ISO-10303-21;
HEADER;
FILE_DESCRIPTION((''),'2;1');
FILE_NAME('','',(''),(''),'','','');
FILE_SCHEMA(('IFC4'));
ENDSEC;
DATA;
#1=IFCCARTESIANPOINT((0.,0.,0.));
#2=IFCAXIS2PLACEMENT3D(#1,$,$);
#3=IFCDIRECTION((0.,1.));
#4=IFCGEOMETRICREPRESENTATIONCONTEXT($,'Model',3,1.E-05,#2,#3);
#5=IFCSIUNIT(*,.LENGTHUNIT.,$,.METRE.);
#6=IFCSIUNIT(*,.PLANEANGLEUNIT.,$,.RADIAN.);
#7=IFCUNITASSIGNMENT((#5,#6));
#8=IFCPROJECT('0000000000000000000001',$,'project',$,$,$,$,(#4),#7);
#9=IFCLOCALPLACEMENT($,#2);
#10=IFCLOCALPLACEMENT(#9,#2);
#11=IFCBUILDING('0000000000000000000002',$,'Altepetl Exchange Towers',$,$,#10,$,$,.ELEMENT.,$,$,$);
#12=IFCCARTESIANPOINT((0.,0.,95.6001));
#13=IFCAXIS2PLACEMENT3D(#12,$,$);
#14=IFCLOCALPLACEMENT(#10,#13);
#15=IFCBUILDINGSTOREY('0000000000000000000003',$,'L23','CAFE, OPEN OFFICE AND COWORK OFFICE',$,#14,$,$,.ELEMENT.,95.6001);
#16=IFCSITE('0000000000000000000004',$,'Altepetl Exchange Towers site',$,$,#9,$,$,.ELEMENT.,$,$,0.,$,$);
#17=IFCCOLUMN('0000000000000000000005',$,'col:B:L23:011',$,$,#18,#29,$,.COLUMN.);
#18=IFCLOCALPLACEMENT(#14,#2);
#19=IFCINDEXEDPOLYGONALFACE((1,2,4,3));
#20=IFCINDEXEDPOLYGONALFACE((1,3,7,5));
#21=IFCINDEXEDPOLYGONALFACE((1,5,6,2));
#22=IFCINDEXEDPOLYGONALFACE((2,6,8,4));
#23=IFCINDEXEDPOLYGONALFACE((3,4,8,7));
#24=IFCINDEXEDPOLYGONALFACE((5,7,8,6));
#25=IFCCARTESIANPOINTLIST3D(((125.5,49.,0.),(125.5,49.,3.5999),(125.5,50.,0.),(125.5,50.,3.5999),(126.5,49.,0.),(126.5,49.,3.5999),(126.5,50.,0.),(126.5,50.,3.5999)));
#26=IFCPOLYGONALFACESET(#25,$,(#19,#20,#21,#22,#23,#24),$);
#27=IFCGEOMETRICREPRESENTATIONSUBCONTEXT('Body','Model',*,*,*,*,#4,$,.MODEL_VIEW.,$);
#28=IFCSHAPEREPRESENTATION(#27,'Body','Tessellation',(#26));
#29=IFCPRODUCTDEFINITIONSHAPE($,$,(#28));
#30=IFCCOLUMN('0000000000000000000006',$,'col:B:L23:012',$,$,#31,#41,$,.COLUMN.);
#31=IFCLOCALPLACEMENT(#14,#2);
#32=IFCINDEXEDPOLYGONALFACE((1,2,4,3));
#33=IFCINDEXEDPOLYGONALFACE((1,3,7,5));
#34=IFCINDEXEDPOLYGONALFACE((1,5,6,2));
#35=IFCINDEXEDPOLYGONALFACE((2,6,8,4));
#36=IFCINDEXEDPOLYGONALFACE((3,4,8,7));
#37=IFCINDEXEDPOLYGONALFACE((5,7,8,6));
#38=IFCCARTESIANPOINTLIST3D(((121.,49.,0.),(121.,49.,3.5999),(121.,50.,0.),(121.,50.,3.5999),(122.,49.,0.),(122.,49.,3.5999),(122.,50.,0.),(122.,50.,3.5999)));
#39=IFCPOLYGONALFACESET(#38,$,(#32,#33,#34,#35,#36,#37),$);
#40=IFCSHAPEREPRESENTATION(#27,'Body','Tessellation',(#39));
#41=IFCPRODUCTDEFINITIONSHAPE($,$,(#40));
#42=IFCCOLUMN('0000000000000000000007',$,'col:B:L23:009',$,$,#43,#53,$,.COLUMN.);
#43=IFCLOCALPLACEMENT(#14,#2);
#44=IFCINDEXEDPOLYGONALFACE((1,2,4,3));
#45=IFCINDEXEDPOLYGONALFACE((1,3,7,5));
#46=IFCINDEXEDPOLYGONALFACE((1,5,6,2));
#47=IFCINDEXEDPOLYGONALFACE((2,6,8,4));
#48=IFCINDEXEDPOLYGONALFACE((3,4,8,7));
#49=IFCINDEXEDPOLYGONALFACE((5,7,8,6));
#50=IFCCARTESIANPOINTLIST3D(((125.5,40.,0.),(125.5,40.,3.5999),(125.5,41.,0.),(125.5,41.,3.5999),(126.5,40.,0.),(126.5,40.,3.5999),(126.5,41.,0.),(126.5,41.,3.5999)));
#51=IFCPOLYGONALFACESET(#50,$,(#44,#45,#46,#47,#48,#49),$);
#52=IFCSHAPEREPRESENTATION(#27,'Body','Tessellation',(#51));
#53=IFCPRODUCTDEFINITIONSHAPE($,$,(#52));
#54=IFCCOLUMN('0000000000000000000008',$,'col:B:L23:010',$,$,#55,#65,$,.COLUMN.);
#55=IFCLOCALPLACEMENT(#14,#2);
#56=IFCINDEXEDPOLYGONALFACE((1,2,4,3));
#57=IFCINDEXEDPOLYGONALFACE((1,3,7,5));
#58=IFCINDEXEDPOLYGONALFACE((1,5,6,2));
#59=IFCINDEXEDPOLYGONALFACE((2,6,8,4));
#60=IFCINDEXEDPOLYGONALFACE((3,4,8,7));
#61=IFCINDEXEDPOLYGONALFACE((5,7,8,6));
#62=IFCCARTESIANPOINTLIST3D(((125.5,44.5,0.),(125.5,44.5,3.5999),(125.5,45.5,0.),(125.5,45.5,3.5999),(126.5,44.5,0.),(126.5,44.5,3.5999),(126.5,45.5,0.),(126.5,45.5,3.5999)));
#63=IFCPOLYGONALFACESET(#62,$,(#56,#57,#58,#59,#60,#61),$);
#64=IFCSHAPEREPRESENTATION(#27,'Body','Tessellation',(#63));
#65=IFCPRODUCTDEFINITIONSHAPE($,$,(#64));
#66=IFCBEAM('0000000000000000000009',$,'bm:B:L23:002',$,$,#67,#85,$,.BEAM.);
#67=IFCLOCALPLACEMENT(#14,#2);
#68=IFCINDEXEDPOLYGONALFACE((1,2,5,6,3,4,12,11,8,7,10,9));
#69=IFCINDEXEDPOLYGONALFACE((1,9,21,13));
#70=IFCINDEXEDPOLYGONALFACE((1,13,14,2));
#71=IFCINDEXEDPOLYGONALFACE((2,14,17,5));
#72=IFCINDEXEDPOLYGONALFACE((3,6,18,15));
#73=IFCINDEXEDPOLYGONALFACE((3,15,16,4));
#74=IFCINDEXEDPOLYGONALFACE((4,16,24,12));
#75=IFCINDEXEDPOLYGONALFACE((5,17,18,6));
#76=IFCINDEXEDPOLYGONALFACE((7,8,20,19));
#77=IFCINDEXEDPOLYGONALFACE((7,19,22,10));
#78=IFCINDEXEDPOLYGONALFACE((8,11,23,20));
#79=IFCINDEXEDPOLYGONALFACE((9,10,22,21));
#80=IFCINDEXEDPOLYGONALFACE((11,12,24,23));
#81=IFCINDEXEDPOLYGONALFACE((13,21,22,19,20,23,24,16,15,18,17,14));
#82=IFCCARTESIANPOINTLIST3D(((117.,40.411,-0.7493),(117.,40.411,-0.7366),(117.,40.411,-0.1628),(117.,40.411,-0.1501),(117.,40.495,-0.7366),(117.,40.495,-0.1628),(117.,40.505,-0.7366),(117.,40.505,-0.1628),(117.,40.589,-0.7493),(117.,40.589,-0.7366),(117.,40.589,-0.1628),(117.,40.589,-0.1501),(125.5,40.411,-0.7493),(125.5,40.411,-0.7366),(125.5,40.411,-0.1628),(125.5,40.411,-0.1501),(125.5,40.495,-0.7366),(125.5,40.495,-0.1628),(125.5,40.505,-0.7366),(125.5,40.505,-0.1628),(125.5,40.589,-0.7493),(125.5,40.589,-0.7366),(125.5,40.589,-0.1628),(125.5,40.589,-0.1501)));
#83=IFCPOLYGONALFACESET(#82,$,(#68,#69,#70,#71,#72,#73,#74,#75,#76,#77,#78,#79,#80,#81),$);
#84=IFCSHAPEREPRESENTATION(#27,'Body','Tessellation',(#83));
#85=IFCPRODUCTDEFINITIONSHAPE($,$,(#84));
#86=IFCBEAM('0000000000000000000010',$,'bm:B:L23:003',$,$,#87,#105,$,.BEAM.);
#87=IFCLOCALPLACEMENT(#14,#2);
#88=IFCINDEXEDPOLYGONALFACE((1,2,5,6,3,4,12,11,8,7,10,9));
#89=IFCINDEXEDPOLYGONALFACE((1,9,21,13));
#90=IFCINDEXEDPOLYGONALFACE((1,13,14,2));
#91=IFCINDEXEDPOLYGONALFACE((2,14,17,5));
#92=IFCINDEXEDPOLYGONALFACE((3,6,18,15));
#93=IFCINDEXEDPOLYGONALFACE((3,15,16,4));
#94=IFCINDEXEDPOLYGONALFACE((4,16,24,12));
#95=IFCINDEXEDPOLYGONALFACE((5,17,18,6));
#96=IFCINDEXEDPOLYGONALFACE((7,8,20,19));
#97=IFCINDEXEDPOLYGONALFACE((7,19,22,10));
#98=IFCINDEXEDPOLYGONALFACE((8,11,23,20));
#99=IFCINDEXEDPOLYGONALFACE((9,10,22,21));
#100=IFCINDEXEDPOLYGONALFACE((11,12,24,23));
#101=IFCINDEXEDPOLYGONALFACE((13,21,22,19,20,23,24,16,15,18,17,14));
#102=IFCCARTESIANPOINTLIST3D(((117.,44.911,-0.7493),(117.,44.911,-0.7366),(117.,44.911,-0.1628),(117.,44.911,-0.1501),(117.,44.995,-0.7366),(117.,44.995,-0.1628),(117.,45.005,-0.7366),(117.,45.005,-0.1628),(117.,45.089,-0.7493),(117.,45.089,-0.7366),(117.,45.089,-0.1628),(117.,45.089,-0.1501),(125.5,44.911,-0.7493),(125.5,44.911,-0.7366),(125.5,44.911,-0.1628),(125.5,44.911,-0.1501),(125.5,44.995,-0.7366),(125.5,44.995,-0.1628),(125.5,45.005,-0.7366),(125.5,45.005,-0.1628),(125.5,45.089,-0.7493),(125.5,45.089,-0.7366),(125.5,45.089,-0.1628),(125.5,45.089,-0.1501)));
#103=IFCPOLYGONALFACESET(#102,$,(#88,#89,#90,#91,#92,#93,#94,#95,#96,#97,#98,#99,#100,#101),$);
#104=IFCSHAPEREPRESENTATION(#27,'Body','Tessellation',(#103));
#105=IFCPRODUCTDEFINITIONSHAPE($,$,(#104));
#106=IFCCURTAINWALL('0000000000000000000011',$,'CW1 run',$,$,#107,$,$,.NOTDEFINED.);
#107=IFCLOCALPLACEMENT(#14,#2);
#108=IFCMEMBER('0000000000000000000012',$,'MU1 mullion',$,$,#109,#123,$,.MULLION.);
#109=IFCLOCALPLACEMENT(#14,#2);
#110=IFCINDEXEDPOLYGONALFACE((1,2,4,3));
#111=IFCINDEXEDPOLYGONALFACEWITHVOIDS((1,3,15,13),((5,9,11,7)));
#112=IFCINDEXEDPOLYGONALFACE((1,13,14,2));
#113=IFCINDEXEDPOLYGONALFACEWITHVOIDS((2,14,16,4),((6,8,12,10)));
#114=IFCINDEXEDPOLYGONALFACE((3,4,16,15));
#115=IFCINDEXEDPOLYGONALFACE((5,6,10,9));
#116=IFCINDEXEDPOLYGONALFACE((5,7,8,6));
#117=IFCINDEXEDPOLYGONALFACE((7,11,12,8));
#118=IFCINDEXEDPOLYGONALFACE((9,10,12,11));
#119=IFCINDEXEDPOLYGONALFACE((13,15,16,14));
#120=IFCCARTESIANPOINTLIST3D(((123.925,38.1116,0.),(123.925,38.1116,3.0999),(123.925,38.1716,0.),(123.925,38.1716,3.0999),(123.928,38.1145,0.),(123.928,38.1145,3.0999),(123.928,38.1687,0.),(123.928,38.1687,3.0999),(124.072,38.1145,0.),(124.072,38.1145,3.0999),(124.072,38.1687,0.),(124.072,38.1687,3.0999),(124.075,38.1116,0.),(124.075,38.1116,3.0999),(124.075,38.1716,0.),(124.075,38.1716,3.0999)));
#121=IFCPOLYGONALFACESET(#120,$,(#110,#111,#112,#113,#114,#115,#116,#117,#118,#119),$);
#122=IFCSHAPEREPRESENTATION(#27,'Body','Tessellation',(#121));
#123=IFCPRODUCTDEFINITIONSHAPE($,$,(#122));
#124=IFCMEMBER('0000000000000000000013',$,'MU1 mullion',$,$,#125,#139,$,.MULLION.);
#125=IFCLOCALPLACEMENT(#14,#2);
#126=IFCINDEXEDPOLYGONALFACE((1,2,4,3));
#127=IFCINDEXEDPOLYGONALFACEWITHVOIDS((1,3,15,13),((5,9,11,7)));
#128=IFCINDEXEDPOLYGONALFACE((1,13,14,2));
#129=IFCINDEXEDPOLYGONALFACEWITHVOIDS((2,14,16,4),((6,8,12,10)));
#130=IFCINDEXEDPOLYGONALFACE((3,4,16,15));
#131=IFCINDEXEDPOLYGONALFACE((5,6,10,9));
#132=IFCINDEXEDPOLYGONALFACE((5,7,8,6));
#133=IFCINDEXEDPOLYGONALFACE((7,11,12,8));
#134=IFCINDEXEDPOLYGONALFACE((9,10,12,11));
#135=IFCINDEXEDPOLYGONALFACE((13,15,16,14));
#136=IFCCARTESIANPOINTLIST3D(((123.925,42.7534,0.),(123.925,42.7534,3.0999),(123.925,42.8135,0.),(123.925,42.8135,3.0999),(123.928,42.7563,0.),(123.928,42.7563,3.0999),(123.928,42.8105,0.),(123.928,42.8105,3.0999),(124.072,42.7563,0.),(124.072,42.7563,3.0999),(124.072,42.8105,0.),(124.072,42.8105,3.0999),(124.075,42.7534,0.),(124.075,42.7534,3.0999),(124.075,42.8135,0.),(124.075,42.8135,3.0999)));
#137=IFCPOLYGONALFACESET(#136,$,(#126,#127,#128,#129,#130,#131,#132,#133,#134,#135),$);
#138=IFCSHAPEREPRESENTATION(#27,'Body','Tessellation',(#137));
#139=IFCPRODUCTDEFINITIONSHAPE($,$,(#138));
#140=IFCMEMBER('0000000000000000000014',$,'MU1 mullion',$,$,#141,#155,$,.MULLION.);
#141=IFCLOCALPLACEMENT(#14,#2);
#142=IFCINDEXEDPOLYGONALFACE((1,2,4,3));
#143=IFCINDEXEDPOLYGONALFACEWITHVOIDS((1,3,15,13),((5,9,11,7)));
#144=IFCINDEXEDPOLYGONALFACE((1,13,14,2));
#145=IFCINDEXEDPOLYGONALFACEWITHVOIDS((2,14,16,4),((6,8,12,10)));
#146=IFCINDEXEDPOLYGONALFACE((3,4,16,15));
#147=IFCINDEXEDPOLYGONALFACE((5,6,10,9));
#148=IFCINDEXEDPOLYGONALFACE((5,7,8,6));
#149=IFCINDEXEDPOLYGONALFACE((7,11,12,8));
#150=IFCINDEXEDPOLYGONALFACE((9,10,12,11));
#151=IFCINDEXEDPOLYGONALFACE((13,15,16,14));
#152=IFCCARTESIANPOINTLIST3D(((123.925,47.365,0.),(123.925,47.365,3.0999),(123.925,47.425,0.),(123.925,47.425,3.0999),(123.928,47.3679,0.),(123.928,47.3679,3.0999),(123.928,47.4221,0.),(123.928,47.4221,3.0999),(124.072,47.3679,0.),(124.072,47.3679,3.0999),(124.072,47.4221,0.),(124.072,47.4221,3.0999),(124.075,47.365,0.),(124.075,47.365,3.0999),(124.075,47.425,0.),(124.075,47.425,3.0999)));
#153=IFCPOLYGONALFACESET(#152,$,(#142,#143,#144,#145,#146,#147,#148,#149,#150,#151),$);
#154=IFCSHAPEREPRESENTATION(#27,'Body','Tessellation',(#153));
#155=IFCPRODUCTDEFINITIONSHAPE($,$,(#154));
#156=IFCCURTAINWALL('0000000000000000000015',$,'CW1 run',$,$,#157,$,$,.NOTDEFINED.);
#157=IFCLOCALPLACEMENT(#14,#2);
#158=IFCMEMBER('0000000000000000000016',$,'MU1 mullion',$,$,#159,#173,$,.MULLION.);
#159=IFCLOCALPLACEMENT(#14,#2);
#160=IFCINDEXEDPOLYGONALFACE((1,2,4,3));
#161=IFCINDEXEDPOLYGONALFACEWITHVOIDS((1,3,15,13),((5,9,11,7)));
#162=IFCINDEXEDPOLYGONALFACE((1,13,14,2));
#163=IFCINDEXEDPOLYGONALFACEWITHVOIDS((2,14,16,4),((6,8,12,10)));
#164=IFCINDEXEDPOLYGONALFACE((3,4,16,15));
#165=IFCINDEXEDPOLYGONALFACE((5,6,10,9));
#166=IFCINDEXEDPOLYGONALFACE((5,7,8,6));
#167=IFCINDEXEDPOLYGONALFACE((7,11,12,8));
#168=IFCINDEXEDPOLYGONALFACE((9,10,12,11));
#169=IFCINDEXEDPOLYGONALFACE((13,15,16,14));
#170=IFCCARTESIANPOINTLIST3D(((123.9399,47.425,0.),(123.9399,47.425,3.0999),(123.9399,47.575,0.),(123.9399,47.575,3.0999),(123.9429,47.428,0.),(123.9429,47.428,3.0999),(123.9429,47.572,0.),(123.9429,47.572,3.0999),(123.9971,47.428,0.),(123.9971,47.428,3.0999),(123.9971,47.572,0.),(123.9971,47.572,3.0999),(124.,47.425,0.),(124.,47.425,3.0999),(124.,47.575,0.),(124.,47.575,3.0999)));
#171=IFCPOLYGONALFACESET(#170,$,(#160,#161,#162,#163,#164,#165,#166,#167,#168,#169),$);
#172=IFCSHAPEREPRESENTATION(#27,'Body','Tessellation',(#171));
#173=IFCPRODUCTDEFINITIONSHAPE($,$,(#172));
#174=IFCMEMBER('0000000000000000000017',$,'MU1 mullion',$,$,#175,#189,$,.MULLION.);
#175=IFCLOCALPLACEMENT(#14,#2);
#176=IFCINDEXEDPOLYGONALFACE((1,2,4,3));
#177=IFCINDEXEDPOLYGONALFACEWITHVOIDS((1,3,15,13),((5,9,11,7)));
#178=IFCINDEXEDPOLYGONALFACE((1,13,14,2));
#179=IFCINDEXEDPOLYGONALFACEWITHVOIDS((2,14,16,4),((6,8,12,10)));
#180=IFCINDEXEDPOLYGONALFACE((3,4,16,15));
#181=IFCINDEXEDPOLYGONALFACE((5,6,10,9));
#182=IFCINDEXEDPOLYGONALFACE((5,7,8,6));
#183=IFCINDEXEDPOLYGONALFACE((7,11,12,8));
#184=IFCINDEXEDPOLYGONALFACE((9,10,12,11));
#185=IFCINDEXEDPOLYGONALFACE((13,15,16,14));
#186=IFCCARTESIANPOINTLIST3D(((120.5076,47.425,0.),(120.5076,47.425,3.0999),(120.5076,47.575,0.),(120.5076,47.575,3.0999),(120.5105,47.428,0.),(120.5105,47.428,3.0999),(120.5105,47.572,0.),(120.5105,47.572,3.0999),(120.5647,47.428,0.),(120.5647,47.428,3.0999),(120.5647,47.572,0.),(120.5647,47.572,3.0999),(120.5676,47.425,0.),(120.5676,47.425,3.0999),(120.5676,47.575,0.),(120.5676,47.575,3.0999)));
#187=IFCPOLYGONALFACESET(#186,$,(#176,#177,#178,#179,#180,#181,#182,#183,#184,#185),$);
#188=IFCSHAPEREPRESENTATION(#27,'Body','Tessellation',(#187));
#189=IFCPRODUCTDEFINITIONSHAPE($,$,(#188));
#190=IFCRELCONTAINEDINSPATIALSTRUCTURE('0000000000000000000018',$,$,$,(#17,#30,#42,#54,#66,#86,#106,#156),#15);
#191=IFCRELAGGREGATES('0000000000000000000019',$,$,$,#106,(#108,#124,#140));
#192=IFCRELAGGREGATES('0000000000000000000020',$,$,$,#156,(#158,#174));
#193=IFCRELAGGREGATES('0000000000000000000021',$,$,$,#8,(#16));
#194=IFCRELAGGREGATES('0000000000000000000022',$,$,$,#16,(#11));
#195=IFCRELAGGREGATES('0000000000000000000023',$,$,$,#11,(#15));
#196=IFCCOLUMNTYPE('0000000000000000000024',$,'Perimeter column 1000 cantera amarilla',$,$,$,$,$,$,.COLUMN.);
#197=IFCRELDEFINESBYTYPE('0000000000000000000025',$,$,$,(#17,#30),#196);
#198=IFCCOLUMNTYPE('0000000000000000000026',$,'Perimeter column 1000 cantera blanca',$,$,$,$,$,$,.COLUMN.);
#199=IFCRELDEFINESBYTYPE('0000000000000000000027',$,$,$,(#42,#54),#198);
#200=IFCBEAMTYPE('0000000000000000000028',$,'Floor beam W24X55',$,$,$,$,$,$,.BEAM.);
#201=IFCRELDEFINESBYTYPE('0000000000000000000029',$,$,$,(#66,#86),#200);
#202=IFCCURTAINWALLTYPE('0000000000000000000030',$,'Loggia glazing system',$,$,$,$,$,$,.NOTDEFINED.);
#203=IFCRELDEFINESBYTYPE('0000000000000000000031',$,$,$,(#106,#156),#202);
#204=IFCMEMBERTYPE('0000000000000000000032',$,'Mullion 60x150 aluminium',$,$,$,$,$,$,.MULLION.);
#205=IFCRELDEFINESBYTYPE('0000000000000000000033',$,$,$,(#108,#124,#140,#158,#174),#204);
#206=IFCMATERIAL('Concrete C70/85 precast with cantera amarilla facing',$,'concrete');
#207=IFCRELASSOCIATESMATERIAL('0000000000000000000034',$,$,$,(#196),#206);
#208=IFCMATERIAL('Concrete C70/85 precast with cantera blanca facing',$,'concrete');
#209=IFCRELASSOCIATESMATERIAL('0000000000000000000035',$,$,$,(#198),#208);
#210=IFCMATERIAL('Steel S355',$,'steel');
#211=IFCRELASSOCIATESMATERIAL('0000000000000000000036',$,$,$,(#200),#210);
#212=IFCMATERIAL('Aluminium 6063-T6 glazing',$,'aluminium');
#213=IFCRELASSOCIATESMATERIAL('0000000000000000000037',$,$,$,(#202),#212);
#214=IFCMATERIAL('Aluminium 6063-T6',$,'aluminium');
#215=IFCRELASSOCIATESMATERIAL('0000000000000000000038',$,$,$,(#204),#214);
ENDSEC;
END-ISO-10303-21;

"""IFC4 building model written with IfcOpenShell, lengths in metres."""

from ifc_helpers import new_model, si_unit, direction, frame, origin, origin_2d, place, context, subcontext, project, spatial, rectangle, hollow_rectangle, i_section, extrude, material, material_profile, profile_set, type_object, element, aggregate, save


model = new_model("IFC4")

# Units and contexts
model_context = context("Model", 3, precision=1e-05, world=origin(), true_north=direction((0.0, 1.0)))
body_context = subcontext(model_context, "Body", "Model", "MODEL_VIEW")
ifc_project = project(units=[si_unit("LENGTHUNIT", "METRE"), si_unit("PLANEANGLEUNIT", "RADIAN")], contexts=[model_context])

# Site, building, storey
site_placement = place(None, origin())
site = spatial("IfcSite", under=ifc_project, at=site_placement, Name="Altepetl Exchange Towers site", CompositionType="ELEMENT", RefElevation=0.0)
building_placement = place(site_placement, origin())
building = spatial("IfcBuilding", under=site, at=building_placement, Name="Altepetl Exchange Towers", CompositionType="ELEMENT")
storey_placement = place(building_placement, frame((0.0, 0.0, 95.6001)))
storey = spatial("IfcBuildingStorey", under=building, at=storey_placement, Name="L23", Description="CAFE, OPEN OFFICE AND COWORK OFFICE", CompositionType="ELEMENT", Elevation=95.6001)

# Columns
ifc_material_1 = material(Name="Concrete C70/85 precast with cantera amarilla facing", Category="concrete")
ifc_material_profile_1 = material_profile(ifc_material_1, rectangle(XDim=1.0, YDim=1.0, at=origin_2d()), Name="1000 x 1000")
ifc_profile_set_1 = profile_set([ifc_material_profile_1], Name="Concrete C70/85 precast with cantera amarilla facing")
column_type_1 = type_object("IfcColumnType", Name="Perimeter column 1000 cantera amarilla", PredefinedType="COLUMN", material=ifc_profile_set_1)
for number, where, name in (
    (1, (126.0, 49.5, 0.0), "col:B:L23:011"),
    (2, (121.5, 49.5, 0.0), "col:B:L23:012"),
):
    element("IfcColumn", number, at=place(storey_placement, frame(where)), inside=storey, type_object=column_type_1, Name=name, PredefinedType="COLUMN", context=body_context, shape_type="SweptSolid", body=[
        extrude(rectangle(XDim=1.0, YDim=1.0, at=origin_2d()), origin(), (0.0, 0.0, 1.0), 3.5999),
    ])
ifc_material_2 = material(Name="Concrete C70/85 precast with cantera blanca facing", Category="concrete")
ifc_material_profile_2 = material_profile(ifc_material_2, rectangle(XDim=1.0, YDim=1.0, at=origin_2d()), Name="1000 x 1000")
ifc_profile_set_2 = profile_set([ifc_material_profile_2], Name="Concrete C70/85 precast with cantera blanca facing")
column_type_2 = type_object("IfcColumnType", Name="Perimeter column 1000 cantera blanca", PredefinedType="COLUMN", material=ifc_profile_set_2)
for number, where, name in (
    (3, (126.0, 40.5, 0.0), "col:B:L23:009"),
    (4, (126.0, 45.0, 0.0), "col:B:L23:010"),
):
    element("IfcColumn", number, at=place(storey_placement, frame(where)), inside=storey, type_object=column_type_2, Name=name, PredefinedType="COLUMN", context=body_context, shape_type="SweptSolid", body=[
        extrude(rectangle(XDim=1.0, YDim=1.0, at=origin_2d()), origin(), (0.0, 0.0, 1.0), 3.5999),
    ])

# Beams
ifc_material_3 = material(Name="Steel S355", Category="steel")
ifc_material_profile_3 = material_profile(ifc_material_3, i_section(OverallWidth=0.178, OverallDepth=0.5991, WebThickness=0.01, FlangeThickness=0.0127, at=origin_2d()), Name="W24X55")
ifc_profile_set_3 = profile_set([ifc_material_profile_3], Name="Steel S355")
beam_type_1 = type_object("IfcBeamType", Name="Floor beam W24X55", PredefinedType="BEAM", material=ifc_profile_set_3)
for number, where, z_axis, x_axis, name in (
    (5, (117.0, 40.5, -0.4497), (1.0, 0.0, 0.0), (0.0, 1.0, 0.0), "bm:B:L23:002"),
    (6, (117.0, 45.0, -0.4497), (1.0, 0.0, 0.0), (0.0, 1.0, 0.0), "bm:B:L23:003"),
):
    element("IfcBeam", number, at=place(storey_placement, frame(where, z_axis=z_axis, x_axis=x_axis)), inside=storey, type_object=beam_type_1, Name=name, PredefinedType="BEAM", context=body_context, shape_type="SweptSolid", body=[
        extrude(i_section(OverallWidth=0.178, OverallDepth=0.5991, WebThickness=0.01, FlangeThickness=0.0127, at=origin_2d()), origin(), (0.0, 0.0, 1.0), 8.5),
    ])

# Curtain walls, members
ifc_material_4 = material(Name="Aluminium 6063-T6 glazing", Category="aluminium")
curtain_wall_type = type_object("IfcCurtainWallType", Name="Loggia glazing system", PredefinedType="NOTDEFINED", material=ifc_material_4)
curtain_wall_1_placement = place(storey_placement, origin())
curtain_wall_1 = element("IfcCurtainWall", 7, at=curtain_wall_1_placement, inside=storey, type_object=curtain_wall_type, Name="CW1 run", PredefinedType="NOTDEFINED")
ifc_material_5 = material(Name="Aluminium 6063-T6", Category="aluminium")
ifc_material_profile_4 = material_profile(ifc_material_5, hollow_rectangle(XDim=0.0601, YDim=0.1499, WallThickness=0.0029, at=origin_2d()), Name="Mullion 60x150 aluminium")
ifc_profile_set_4 = profile_set([ifc_material_profile_4], Name="Aluminium 6063-T6")
member_type = type_object("IfcMemberType", Name="Mullion 60x150 aluminium", PredefinedType="MULLION", material=ifc_profile_set_4)
member_1_placement = place(storey_placement, frame((124.0, 38.1416, 0.0), z_axis=(0.0, 0.0, 1.0), x_axis=(0.0, 1.0, 0.0)))
member_1 = element("IfcMember", 8, at=member_1_placement, type_object=member_type, Name="MU1 mullion", PredefinedType="MULLION", context=body_context, shape_type="SweptSolid", body=[
    extrude(hollow_rectangle(XDim=0.0601, YDim=0.1499, WallThickness=0.0029, at=origin_2d()), origin(), (0.0, 0.0, 1.0), 3.0999),
])
member_2_placement = place(storey_placement, frame((124.0, 42.7834, 0.0), z_axis=(0.0, 0.0, 1.0), x_axis=(0.0, 1.0, 0.0)))
member_2 = element("IfcMember", 9, at=member_2_placement, type_object=member_type, Name="MU1 mullion", PredefinedType="MULLION", context=body_context, shape_type="SweptSolid", body=[
    extrude(hollow_rectangle(XDim=0.0601, YDim=0.1499, WallThickness=0.0029, at=origin_2d()), origin(), (0.0, 0.0, 1.0), 3.0999),
])
member_3_placement = place(storey_placement, frame((124.0, 47.395, 0.0), z_axis=(0.0, 0.0, 1.0), x_axis=(0.0, 1.0, 0.0)))
member_3 = element("IfcMember", 10, at=member_3_placement, type_object=member_type, Name="MU1 mullion", PredefinedType="MULLION", context=body_context, shape_type="SweptSolid", body=[
    extrude(hollow_rectangle(XDim=0.0601, YDim=0.1499, WallThickness=0.0029, at=origin_2d()), origin(), (0.0, 0.0, 1.0), 3.0999),
])
curtain_wall_2_placement = place(storey_placement, origin())
curtain_wall_2 = element("IfcCurtainWall", 11, at=curtain_wall_2_placement, inside=storey, type_object=curtain_wall_type, Name="CW1 run", PredefinedType="NOTDEFINED")
member_4_placement = place(storey_placement, frame((123.97, 47.5, 0.0), z_axis=(0.0, 0.0, 1.0), x_axis=(-1.0, 0.0, 0.0)))
member_4 = element("IfcMember", 12, at=member_4_placement, type_object=member_type, Name="MU1 mullion", PredefinedType="MULLION", context=body_context, shape_type="SweptSolid", body=[
    extrude(hollow_rectangle(XDim=0.0601, YDim=0.1499, WallThickness=0.0029, at=origin_2d()), origin(), (0.0, 0.0, 1.0), 3.0999),
])
member_5_placement = place(storey_placement, frame((120.5376, 47.5, 0.0), z_axis=(0.0, 0.0, 1.0), x_axis=(-1.0, 0.0, 0.0)))
member_5 = element("IfcMember", 13, at=member_5_placement, type_object=member_type, Name="MU1 mullion", PredefinedType="MULLION", context=body_context, shape_type="SweptSolid", body=[
    extrude(hollow_rectangle(XDim=0.0601, YDim=0.1499, WallThickness=0.0029, at=origin_2d()), origin(), (0.0, 0.0, 1.0), 3.0999),
])

aggregate(curtain_wall_1, [member_1, member_2, member_3])
aggregate(curtain_wall_2, [member_4, member_5])

save(model, "model.ifc")
